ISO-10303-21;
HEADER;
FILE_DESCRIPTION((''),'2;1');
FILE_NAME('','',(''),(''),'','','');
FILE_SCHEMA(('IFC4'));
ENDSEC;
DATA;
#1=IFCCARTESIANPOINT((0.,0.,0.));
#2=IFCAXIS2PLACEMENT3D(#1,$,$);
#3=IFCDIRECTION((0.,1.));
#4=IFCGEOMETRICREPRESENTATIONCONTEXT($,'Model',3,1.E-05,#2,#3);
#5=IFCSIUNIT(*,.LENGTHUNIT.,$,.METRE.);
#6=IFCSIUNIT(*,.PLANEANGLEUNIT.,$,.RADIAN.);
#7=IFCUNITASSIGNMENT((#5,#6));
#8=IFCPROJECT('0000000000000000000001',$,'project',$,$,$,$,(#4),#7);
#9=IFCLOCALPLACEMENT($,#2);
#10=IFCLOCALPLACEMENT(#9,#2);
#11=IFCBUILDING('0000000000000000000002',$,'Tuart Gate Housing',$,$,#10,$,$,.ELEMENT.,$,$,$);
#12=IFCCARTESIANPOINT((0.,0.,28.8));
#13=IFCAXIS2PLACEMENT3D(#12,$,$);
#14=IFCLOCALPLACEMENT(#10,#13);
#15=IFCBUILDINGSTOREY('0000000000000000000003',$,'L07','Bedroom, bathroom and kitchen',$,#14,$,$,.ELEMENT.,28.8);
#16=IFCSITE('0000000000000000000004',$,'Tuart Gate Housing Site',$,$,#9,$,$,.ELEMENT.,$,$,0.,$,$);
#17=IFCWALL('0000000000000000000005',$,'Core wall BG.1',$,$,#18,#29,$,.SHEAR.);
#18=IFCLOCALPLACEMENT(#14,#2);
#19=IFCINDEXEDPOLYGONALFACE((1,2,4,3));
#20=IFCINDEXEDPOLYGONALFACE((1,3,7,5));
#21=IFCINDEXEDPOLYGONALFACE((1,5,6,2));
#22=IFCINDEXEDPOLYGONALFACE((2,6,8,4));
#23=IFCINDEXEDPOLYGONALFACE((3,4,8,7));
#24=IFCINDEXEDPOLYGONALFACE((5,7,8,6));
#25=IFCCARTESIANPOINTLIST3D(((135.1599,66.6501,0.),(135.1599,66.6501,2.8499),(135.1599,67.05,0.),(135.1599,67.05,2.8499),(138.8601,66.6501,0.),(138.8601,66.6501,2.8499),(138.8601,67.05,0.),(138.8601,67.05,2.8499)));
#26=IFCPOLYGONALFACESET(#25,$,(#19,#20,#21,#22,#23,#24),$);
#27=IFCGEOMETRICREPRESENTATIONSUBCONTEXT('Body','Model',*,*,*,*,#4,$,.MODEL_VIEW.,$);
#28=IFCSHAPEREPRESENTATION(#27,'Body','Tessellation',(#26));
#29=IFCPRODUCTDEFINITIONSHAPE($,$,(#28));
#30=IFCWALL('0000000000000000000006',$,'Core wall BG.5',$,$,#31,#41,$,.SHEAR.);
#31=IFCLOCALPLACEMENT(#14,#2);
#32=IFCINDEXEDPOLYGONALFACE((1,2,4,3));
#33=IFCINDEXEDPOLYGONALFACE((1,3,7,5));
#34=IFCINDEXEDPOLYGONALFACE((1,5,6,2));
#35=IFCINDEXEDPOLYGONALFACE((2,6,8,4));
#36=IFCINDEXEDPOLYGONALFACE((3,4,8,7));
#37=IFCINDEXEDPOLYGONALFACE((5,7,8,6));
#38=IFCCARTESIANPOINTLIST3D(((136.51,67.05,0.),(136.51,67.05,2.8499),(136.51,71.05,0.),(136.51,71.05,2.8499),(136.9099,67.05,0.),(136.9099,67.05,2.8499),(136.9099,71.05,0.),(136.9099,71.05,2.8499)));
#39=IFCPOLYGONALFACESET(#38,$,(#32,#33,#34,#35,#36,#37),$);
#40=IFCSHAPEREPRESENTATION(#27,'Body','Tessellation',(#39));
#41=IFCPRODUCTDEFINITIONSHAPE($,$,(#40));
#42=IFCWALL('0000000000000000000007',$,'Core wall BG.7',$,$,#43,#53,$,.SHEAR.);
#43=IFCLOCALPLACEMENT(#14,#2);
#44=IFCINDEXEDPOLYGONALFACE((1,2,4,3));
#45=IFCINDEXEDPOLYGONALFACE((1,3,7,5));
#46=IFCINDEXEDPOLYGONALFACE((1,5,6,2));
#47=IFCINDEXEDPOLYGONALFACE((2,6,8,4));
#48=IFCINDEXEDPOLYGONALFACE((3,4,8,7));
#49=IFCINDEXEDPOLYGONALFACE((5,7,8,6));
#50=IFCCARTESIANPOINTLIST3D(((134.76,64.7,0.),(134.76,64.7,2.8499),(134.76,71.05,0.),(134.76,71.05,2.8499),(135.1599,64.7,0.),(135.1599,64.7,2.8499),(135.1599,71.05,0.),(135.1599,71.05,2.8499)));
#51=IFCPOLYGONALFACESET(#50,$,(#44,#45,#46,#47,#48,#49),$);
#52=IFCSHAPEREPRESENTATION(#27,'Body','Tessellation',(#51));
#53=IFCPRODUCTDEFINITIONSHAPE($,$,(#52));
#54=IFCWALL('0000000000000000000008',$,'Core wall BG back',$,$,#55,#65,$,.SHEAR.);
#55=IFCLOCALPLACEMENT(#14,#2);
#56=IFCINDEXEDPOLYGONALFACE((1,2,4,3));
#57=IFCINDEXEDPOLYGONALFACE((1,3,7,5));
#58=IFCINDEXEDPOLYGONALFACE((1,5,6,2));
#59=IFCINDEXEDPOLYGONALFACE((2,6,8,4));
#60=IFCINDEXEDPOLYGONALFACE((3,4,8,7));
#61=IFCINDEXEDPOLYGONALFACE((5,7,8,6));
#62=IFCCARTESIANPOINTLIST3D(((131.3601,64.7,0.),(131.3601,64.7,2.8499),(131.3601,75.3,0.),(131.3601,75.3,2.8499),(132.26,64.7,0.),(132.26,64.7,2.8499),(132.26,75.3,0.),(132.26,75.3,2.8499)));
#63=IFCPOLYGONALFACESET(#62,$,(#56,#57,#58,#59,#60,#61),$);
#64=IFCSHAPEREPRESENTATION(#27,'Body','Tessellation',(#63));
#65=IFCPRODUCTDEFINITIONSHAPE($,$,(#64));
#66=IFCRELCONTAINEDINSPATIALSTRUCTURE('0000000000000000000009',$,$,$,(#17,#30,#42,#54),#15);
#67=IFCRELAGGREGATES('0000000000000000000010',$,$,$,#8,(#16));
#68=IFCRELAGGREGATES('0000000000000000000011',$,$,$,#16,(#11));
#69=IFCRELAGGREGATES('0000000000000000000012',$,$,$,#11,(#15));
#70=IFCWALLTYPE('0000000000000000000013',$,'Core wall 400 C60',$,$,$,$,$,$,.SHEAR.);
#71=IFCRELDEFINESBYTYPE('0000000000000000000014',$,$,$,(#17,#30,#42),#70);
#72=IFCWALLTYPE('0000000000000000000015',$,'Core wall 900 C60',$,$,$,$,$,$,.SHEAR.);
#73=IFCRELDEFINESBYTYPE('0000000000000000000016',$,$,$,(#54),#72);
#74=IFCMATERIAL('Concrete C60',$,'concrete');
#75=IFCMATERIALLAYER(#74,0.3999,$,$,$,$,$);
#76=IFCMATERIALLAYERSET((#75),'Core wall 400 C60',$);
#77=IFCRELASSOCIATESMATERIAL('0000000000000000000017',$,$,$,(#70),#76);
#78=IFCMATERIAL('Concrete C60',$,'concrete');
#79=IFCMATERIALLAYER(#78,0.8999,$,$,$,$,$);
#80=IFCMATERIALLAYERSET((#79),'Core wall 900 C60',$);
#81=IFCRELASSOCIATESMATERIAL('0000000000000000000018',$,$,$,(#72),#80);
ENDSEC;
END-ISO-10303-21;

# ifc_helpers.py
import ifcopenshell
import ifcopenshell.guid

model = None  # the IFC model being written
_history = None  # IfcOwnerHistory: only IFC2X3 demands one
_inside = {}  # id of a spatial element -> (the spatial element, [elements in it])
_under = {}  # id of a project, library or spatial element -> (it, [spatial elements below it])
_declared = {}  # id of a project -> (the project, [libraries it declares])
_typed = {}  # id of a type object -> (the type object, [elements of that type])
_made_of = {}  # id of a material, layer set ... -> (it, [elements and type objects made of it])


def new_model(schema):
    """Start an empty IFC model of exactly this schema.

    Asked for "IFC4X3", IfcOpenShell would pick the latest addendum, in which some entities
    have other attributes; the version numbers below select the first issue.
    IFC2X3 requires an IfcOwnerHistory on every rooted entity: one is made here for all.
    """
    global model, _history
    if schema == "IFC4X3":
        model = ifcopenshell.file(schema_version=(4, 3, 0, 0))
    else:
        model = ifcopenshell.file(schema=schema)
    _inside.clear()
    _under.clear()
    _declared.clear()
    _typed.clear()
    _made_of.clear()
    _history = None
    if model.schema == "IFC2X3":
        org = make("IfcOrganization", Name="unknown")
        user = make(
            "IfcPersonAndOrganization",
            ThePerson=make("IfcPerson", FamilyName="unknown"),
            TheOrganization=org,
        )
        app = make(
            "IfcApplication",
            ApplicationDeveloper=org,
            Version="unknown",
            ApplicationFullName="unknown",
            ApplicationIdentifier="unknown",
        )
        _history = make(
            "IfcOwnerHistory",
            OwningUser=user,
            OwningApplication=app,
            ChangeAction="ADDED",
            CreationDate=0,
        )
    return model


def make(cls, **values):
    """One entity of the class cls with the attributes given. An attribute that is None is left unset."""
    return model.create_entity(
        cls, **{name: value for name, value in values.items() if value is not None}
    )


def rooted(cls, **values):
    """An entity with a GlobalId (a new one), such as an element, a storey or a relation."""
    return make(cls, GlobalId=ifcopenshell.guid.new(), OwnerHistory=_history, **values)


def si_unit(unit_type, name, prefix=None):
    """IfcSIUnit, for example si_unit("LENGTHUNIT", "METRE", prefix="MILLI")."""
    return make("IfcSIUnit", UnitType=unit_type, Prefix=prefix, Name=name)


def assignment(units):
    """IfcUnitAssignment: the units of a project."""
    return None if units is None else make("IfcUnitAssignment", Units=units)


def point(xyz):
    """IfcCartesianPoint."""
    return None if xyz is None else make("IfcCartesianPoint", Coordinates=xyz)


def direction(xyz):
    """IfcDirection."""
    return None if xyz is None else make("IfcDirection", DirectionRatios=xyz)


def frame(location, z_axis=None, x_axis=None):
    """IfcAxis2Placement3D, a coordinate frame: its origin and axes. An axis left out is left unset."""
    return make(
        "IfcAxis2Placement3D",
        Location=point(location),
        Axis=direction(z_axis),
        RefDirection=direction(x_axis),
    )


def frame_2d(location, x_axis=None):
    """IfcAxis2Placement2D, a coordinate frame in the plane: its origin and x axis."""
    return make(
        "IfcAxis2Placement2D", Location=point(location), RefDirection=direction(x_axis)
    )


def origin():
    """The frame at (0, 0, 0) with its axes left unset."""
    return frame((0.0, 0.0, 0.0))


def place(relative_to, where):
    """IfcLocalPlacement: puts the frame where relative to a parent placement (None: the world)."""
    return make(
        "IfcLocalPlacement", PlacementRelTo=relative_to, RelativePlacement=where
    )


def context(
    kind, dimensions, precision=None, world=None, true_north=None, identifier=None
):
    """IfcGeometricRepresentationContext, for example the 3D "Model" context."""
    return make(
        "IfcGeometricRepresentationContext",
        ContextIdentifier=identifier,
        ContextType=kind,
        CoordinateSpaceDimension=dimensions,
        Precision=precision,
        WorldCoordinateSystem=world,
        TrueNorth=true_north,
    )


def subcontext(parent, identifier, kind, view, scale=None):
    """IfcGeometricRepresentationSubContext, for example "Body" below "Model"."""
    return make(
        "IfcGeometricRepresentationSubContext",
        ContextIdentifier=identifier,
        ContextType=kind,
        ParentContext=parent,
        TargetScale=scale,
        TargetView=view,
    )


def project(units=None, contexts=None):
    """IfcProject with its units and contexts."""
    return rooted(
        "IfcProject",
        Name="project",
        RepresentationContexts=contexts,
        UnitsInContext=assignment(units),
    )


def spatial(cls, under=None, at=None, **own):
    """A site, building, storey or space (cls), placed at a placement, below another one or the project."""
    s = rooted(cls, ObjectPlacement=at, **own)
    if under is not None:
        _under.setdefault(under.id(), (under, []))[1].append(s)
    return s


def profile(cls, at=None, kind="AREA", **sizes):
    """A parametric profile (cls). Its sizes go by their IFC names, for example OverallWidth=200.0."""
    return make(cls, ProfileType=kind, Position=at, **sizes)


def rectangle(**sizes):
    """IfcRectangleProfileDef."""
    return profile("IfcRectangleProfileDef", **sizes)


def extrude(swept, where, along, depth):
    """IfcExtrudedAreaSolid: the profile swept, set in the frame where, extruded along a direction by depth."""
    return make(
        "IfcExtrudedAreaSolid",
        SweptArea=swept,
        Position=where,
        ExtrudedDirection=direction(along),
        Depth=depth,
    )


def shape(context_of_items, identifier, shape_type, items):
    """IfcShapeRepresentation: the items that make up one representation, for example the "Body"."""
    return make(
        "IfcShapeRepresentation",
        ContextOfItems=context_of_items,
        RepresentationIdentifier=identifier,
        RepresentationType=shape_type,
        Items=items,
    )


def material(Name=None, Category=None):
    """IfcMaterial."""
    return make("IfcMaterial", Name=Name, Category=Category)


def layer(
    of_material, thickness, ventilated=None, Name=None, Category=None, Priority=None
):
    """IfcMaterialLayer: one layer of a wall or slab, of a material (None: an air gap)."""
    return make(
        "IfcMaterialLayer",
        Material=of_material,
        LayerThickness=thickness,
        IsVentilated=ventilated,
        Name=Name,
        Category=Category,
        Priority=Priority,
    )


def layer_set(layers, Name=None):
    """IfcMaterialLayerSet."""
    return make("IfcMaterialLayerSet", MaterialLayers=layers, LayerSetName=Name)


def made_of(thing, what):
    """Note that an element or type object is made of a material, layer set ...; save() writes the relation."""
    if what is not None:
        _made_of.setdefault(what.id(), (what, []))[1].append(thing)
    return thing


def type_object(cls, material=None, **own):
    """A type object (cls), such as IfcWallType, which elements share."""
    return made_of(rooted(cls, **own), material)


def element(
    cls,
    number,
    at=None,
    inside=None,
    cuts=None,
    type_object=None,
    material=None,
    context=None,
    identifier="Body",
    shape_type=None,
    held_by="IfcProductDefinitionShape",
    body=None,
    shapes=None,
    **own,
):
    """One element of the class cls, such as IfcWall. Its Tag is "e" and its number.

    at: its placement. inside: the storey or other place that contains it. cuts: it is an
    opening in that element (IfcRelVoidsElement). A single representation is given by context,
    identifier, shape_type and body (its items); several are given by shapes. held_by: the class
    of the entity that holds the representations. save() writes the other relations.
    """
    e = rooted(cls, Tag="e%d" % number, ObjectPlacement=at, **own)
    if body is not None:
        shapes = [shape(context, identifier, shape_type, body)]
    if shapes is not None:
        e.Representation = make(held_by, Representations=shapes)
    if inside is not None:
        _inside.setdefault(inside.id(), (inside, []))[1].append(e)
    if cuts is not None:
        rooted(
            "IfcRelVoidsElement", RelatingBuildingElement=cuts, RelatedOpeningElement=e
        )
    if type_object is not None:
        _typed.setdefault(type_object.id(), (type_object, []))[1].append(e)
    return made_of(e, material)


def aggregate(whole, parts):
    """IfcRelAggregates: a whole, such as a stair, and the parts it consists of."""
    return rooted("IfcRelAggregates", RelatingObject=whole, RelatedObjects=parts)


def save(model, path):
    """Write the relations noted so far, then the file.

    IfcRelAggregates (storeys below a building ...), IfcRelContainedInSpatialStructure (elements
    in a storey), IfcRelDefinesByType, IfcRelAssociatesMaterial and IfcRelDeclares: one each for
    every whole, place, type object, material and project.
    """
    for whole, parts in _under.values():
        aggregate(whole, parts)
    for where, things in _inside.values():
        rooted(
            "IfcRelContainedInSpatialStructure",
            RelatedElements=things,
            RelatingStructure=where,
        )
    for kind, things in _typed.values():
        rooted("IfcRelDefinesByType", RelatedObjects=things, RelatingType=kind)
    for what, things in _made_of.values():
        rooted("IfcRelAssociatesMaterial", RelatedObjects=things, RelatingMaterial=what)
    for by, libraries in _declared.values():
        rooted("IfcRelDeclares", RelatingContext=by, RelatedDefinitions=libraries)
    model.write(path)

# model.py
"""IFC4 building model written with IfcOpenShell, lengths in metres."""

from ifc_helpers import new_model, si_unit, direction, frame, frame_2d, origin, place, context, subcontext, project, spatial, rectangle, extrude, material, layer, layer_set, type_object, element, save


model = new_model("IFC4")

# Units and contexts
model_context = context("Model", 3, precision=1e-05, world=origin(), true_north=direction((0.0, 1.0)))
body_context = subcontext(model_context, "Body", "Model", "MODEL_VIEW")
ifc_project = project(units=[si_unit("LENGTHUNIT", "METRE"), si_unit("PLANEANGLEUNIT", "RADIAN")], contexts=[model_context])

# Site, building, storey
site_placement = place(None, origin())
site = spatial("IfcSite", under=ifc_project, at=site_placement, Name="Tuart Gate Housing Site", CompositionType="ELEMENT", RefElevation=0.0)
building_placement = place(site_placement, origin())
building = spatial("IfcBuilding", under=site, at=building_placement, Name="Tuart Gate Housing", CompositionType="ELEMENT")
storey_placement = place(building_placement, frame((0.0, 0.0, 28.8)))
storey = spatial("IfcBuildingStorey", under=building, at=storey_placement, Name="L07", Description="Bedroom, bathroom and kitchen", CompositionType="ELEMENT", Elevation=28.8)

# Walls
ifc_material_1 = material(Name="Concrete C60", Category="concrete")
ifc_layer_1 = layer(ifc_material_1, 0.3999)
ifc_layer_set_1 = layer_set([ifc_layer_1], Name="Core wall 400 C60")
wall_type_1 = type_object("IfcWallType", Name="Core wall 400 C60", PredefinedType="SHEAR", material=ifc_layer_set_1)
wall_1_placement = place(storey_placement, frame((138.8601, 66.8501, 0.0), z_axis=(0.0, 0.0, 1.0), x_axis=(-1.0, 0.0, 0.0)))
element("IfcWall", 1, at=wall_1_placement, inside=storey, type_object=wall_type_1, Name="Core wall BG.1", PredefinedType="SHEAR", context=body_context, shape_type="SweptSolid", body=[
    extrude(rectangle(XDim=3.7002, YDim=0.3999, at=frame_2d((1.8501, 0.0))), origin(), (0.0, 0.0, 1.0), 2.8499),
])
wall_2_placement = place(storey_placement, frame((136.71, 67.05, 0.0), z_axis=(0.0, 0.0, 1.0), x_axis=(0.0, 1.0, 0.0)))
element("IfcWall", 2, at=wall_2_placement, inside=storey, type_object=wall_type_1, Name="Core wall BG.5", PredefinedType="SHEAR", context=body_context, shape_type="SweptSolid", body=[
    extrude(rectangle(XDim=4.0, YDim=0.3999, at=frame_2d((2.0, 0.0))), origin(), (0.0, 0.0, 1.0), 2.8499),
])
wall_3_placement = place(storey_placement, frame((134.96, 64.7, 0.0), z_axis=(0.0, 0.0, 1.0), x_axis=(0.0, 1.0, 0.0)))
element("IfcWall", 3, at=wall_3_placement, inside=storey, type_object=wall_type_1, Name="Core wall BG.7", PredefinedType="SHEAR", context=body_context, shape_type="SweptSolid", body=[
    extrude(rectangle(XDim=6.3501, YDim=0.3999, at=frame_2d((3.175, 0.0))), origin(), (0.0, 0.0, 1.0), 2.8499),
])
ifc_material_2 = material(Name="Concrete C60", Category="concrete")
ifc_layer_2 = layer(ifc_material_2, 0.8999)
ifc_layer_set_2 = layer_set([ifc_layer_2], Name="Core wall 900 C60")
wall_type_2 = type_object("IfcWallType", Name="Core wall 900 C60", PredefinedType="SHEAR", material=ifc_layer_set_2)
wall_4_placement = place(storey_placement, frame((131.8101, 64.7, 0.0), z_axis=(0.0, 0.0, 1.0), x_axis=(0.0, 1.0, 0.0)))
element("IfcWall", 4, at=wall_4_placement, inside=storey, type_object=wall_type_2, Name="Core wall BG back", PredefinedType="SHEAR", context=body_context, shape_type="SweptSolid", body=[
    extrude(rectangle(XDim=10.6001, YDim=0.8999, at=frame_2d((5.3, 0.0))), origin(), (0.0, 0.0, 1.0), 2.8499),
])

save(model, "model.ifc")
